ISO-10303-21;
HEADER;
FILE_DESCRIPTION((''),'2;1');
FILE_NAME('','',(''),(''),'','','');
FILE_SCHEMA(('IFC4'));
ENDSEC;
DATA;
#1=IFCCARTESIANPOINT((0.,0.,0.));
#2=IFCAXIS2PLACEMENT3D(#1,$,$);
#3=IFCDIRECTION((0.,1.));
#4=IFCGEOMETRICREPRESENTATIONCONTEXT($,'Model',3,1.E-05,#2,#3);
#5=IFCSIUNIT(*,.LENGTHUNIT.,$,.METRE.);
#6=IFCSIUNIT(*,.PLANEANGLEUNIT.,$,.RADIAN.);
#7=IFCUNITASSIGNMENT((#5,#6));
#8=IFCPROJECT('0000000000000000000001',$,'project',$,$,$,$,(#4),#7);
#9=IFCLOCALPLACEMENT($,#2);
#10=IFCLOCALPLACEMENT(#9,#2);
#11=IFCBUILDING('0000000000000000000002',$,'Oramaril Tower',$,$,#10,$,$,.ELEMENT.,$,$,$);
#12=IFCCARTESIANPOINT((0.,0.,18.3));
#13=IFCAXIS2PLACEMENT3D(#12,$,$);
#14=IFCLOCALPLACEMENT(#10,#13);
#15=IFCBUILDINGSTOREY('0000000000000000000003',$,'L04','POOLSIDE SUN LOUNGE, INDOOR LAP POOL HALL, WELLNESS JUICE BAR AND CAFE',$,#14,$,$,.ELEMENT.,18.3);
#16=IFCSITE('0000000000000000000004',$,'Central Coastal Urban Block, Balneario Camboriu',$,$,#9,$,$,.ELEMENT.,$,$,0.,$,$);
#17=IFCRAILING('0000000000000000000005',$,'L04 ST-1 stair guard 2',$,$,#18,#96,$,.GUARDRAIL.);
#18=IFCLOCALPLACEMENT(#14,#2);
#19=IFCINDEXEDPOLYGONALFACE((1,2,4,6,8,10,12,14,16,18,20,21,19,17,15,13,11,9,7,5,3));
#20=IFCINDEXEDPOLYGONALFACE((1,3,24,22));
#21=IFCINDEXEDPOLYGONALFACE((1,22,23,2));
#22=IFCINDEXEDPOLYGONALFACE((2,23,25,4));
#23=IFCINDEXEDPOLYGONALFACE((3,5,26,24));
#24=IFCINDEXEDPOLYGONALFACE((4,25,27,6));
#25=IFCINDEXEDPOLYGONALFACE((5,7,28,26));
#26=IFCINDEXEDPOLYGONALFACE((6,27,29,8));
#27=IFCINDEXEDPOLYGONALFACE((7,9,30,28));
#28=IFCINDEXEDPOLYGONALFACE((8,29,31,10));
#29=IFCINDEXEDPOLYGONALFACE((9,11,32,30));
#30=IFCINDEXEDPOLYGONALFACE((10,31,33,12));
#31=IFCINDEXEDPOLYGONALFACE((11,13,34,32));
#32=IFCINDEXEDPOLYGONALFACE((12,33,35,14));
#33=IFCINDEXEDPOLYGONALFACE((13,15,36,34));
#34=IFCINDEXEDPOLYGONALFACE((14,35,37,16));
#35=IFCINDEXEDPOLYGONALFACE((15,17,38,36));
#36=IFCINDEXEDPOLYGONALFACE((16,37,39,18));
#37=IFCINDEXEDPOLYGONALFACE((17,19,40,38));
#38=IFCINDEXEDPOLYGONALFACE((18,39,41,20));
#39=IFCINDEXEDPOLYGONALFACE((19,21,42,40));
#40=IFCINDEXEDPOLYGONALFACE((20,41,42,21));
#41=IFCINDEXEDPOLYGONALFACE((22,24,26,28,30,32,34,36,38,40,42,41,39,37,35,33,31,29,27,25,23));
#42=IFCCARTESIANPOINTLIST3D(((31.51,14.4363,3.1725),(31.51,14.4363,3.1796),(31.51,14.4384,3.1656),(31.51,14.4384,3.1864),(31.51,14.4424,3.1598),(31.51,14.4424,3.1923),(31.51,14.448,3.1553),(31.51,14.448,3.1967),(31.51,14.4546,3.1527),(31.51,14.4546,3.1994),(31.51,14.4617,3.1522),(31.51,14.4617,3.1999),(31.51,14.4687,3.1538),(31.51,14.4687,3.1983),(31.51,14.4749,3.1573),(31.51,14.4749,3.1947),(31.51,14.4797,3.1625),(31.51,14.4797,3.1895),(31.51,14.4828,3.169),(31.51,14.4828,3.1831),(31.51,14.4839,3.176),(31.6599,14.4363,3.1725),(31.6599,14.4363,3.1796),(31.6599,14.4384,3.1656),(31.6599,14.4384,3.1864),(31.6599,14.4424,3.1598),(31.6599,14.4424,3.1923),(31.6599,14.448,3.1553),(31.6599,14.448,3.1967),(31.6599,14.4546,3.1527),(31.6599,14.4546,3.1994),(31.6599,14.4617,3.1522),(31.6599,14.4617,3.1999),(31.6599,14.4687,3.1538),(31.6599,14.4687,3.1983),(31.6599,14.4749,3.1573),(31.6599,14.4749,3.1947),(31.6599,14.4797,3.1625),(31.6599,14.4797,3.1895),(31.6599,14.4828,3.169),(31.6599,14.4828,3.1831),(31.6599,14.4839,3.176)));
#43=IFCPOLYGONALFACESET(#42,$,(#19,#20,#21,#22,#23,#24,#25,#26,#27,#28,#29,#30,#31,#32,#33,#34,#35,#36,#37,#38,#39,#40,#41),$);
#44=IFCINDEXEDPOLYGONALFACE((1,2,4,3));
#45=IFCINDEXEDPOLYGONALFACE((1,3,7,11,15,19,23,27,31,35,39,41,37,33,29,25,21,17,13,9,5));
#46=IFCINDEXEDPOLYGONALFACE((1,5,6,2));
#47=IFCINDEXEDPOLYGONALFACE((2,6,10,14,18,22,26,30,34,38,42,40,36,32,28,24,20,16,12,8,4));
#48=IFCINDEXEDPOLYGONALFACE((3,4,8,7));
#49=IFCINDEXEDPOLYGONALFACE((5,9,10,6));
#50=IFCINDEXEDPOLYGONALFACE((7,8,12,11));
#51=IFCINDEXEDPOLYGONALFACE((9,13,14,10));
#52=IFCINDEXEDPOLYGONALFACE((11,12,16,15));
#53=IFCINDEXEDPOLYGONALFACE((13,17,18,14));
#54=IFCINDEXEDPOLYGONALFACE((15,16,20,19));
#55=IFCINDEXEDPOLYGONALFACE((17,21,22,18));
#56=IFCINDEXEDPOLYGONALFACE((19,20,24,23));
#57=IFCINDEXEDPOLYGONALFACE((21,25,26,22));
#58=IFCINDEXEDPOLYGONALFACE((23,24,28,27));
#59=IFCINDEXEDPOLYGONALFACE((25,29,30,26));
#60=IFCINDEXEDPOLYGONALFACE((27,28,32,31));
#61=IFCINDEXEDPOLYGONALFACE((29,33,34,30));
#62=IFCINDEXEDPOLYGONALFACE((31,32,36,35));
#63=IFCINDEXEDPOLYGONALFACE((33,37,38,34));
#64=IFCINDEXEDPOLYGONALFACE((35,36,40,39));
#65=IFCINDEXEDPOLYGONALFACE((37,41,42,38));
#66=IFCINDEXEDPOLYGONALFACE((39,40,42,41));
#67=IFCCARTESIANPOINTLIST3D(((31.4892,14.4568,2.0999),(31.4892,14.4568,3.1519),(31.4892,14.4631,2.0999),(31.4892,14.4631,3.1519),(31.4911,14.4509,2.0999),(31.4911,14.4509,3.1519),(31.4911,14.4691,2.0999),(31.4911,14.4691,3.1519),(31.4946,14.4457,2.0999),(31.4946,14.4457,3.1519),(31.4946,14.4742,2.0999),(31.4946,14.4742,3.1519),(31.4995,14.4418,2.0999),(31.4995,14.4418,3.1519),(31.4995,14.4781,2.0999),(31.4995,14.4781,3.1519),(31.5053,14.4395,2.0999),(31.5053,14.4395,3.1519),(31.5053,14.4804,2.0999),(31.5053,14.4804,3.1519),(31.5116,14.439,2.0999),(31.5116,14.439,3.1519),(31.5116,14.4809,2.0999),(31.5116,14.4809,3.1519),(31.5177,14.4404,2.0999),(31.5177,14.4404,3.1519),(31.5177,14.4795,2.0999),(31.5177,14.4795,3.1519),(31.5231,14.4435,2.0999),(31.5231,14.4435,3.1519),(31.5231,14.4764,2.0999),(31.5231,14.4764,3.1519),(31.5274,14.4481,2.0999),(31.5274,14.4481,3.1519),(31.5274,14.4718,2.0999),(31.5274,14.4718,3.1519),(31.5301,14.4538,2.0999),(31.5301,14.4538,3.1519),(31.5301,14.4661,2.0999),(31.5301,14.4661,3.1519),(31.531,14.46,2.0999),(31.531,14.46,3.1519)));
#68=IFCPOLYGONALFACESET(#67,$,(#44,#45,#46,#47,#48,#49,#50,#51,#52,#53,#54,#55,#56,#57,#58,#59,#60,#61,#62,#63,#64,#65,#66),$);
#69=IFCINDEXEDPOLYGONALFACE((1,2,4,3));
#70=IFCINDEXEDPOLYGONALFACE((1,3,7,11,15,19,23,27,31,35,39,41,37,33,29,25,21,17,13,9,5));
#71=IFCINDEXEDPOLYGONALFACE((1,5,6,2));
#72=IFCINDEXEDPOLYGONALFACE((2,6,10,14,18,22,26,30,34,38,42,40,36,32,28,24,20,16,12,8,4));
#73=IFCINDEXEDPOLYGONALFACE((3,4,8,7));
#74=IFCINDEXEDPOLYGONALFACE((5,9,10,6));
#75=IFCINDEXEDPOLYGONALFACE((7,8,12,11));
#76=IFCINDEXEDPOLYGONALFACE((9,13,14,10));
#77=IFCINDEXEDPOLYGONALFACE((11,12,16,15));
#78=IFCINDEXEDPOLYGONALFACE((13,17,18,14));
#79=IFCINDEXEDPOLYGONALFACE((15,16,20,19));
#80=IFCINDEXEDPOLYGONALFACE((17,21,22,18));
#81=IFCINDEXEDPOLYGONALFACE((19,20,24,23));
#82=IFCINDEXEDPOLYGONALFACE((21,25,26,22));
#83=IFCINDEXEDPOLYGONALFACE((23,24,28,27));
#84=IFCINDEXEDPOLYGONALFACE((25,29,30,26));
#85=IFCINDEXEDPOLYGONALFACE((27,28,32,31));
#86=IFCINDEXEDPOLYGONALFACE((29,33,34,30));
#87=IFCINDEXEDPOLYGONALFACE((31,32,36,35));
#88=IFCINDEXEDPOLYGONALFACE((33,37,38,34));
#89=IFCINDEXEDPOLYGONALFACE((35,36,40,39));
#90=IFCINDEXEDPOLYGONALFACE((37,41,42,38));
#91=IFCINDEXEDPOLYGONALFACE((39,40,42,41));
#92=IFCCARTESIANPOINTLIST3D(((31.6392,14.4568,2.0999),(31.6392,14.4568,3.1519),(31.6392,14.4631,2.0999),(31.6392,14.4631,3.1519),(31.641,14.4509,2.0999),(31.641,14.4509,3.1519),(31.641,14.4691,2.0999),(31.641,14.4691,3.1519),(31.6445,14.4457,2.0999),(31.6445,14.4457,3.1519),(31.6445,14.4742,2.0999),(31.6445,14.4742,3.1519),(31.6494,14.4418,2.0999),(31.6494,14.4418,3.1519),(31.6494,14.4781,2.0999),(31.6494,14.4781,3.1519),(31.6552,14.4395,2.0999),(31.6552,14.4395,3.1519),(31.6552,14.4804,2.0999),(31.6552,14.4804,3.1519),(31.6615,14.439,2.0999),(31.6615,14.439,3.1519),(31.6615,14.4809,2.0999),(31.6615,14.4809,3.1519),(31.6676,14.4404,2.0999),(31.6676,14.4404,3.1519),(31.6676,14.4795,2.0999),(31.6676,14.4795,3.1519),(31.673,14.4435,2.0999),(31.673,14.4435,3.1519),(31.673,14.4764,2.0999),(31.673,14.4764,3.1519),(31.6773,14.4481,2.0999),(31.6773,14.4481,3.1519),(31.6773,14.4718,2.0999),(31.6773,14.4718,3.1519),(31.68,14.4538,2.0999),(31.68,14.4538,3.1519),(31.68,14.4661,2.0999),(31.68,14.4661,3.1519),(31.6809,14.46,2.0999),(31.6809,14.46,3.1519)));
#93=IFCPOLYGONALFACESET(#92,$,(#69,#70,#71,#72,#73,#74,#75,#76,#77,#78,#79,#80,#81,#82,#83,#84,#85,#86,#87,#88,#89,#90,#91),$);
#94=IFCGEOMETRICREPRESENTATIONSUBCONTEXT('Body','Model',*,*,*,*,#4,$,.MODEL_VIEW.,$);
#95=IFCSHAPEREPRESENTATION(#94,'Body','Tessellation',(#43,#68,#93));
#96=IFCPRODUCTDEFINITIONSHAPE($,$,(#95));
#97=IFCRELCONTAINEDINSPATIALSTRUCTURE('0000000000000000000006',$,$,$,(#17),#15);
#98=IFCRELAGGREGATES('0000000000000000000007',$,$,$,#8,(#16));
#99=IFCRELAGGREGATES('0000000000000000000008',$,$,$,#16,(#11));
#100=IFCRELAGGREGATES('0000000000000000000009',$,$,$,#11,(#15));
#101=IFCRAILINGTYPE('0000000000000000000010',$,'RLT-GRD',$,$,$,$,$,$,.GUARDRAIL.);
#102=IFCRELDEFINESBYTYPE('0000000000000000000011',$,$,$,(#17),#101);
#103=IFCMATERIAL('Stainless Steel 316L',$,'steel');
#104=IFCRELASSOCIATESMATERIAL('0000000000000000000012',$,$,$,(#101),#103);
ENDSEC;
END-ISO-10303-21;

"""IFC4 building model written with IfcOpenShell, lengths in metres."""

from ifc_helpers import new_model, si_unit, direction, frame, origin, origin_2d, place, context, subcontext, project, spatial, circle, extrude, material, type_object, element, save


model = new_model("IFC4")

# Units and contexts
model_context = context("Model", 3, precision=1e-05, world=origin(), true_north=direction((0.0, 1.0)))
body_context = subcontext(model_context, "Body", "Model", "MODEL_VIEW")
ifc_project = project(units=[si_unit("LENGTHUNIT", "METRE"), si_unit("PLANEANGLEUNIT", "RADIAN")], contexts=[model_context])

# Site, building, storey
site_placement = place(None, origin())
site = spatial("IfcSite", under=ifc_project, at=site_placement, Name="Central Coastal Urban Block, Balneario Camboriu", CompositionType="ELEMENT", RefElevation=0.0)
building_placement = place(site_placement, origin())
building = spatial("IfcBuilding", under=site, at=building_placement, Name="Oramaril Tower", CompositionType="ELEMENT")
storey_placement = place(building_placement, frame((0.0, 0.0, 18.3)))
storey = spatial("IfcBuildingStorey", under=building, at=storey_placement, Name="L04", Description="POOLSIDE SUN LOUNGE, INDOOR LAP POOL HALL, WELLNESS JUICE BAR AND CAFE", CompositionType="ELEMENT", Elevation=18.3)

# Railing
ifc_material_1 = material(Name="Stainless Steel 316L", Category="steel")
railing_type_1 = type_object("IfcRailingType", Name="RLT-GRD", PredefinedType="GUARDRAIL", material=ifc_material_1)
railing_1_placement = place(storey_placement, frame((31.51, 14.46, 2.0999)))
element("IfcRailing", 1, at=railing_1_placement, inside=storey, type_object=railing_type_1, Name="L04 ST-1 stair guard 2", PredefinedType="GUARDRAIL", context=body_context, shape_type="SweptSolid", body=[
    extrude(circle(Radius=0.0239, at=origin_2d()), frame((0.0, 0.0, 1.0762), z_axis=(1.0, 0.0, 0.0), x_axis=(0.0, 1.0, 0.0)), (0.0, 0.0, 1.0), 0.1499),
    extrude(circle(Radius=0.021, at=origin_2d()), origin(), (0.0, 0.0, 1.0), 1.052),
    extrude(circle(Radius=0.021, at=origin_2d()), frame((0.1499, 0.0, 0.0)), (0.0, 0.0, 1.0), 1.052),
])

save(model, "model.ifc")
